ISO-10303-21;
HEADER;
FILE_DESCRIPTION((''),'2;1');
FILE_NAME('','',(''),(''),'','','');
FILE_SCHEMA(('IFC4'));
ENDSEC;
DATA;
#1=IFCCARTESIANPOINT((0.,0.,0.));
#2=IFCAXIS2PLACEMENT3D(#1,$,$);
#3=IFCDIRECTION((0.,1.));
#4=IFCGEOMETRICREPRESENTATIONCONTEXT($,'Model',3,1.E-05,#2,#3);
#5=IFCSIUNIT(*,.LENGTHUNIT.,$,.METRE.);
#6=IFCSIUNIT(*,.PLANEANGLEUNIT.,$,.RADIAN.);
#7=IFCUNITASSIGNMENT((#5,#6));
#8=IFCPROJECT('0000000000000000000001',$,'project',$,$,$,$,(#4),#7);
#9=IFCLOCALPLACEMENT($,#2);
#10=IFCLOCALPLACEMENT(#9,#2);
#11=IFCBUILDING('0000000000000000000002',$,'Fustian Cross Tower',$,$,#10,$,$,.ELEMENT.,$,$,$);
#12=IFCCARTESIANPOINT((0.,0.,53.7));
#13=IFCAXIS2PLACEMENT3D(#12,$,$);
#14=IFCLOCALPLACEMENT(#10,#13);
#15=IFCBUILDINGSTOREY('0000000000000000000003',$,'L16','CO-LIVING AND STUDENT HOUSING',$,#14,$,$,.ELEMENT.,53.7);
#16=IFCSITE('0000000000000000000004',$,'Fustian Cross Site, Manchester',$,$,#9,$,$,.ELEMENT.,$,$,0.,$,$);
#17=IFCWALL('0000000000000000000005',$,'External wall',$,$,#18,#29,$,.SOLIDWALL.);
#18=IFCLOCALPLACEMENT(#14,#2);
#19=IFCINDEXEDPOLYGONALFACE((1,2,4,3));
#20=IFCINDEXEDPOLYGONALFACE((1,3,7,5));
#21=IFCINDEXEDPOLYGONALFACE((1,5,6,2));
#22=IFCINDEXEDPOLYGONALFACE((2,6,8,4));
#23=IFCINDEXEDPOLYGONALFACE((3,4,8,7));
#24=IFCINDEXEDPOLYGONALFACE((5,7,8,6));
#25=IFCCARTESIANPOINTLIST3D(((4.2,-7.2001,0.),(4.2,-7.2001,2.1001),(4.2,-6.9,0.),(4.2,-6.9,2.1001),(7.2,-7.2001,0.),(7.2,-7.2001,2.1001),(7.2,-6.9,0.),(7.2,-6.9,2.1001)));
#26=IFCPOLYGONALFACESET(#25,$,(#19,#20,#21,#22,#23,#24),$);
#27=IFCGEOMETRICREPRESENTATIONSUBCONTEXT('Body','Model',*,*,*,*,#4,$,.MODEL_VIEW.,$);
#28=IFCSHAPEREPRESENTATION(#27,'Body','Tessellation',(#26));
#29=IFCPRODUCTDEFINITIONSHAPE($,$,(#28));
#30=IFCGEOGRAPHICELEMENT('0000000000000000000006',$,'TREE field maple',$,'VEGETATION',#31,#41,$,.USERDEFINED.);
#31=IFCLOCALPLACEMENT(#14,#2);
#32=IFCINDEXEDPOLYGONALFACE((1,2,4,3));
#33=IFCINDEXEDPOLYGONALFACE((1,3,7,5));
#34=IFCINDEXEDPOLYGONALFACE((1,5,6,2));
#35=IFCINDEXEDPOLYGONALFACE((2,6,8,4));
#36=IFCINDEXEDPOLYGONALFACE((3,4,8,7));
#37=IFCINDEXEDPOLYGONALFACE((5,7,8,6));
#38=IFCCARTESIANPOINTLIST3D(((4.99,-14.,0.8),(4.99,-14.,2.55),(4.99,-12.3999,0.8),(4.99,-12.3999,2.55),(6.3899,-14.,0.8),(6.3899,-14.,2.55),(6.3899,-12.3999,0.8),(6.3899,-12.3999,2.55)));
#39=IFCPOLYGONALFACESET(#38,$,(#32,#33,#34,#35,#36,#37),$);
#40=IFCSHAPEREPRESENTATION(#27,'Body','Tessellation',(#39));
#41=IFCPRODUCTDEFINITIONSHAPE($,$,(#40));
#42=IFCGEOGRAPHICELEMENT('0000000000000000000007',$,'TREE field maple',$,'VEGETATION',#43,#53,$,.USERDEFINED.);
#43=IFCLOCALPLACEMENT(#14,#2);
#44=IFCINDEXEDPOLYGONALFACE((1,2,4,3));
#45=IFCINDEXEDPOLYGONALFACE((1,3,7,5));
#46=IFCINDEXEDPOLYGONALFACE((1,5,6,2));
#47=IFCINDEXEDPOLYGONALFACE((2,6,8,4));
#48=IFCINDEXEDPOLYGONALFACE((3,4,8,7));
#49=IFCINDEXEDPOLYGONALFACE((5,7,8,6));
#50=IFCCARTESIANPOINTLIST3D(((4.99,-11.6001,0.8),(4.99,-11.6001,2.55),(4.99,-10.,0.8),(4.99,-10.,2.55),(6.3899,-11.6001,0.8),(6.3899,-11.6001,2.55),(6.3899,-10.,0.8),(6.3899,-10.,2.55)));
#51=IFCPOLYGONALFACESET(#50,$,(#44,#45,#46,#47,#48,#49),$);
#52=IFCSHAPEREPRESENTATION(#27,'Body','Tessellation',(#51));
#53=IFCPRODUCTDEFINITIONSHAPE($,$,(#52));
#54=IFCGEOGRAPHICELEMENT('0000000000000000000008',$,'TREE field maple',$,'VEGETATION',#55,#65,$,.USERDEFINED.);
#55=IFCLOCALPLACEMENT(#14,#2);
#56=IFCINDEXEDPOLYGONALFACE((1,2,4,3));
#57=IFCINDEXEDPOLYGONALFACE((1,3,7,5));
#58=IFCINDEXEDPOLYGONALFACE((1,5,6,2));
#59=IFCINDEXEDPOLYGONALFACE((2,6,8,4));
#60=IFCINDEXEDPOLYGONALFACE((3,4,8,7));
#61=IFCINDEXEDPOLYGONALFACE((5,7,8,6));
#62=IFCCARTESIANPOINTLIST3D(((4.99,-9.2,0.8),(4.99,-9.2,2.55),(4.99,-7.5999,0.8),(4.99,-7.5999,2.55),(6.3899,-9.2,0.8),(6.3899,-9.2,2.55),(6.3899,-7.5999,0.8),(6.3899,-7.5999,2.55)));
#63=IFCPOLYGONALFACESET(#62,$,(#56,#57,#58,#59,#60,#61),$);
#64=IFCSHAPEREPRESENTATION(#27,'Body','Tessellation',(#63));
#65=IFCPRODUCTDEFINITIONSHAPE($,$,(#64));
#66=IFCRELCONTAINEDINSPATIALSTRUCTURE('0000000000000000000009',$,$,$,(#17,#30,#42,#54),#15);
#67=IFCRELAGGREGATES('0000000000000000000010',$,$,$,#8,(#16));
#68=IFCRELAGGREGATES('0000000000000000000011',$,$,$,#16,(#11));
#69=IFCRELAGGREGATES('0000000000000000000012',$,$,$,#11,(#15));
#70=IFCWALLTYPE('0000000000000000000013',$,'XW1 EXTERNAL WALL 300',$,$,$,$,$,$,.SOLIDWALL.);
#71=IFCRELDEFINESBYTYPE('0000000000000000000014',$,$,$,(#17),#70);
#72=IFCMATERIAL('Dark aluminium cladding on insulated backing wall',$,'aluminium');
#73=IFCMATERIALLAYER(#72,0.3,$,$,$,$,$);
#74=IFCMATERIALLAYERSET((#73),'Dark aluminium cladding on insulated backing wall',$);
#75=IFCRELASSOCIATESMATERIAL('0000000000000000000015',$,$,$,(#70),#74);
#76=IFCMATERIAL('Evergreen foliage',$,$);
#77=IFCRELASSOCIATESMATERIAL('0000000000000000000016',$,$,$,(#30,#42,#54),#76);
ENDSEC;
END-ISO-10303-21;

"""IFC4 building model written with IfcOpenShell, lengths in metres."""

from ifc_helpers import new_model, si_unit, direction, frame, frame_2d, origin, origin_2d, place, context, subcontext, project, spatial, rectangle, extrude, material, layer, layer_set, type_object, element, save


model = new_model("IFC4")

# Units and contexts
model_context = context("Model", 3, precision=1e-05, world=origin(), true_north=direction((0.0, 1.0)))
body_context = subcontext(model_context, "Body", "Model", "MODEL_VIEW")
ifc_project = project(units=[si_unit("LENGTHUNIT", "METRE"), si_unit("PLANEANGLEUNIT", "RADIAN")], contexts=[model_context])

# Site, building, storey
site_placement = place(None, origin())
site = spatial("IfcSite", under=ifc_project, at=site_placement, Name="Fustian Cross Site, Manchester", CompositionType="ELEMENT", RefElevation=0.0)
building_placement = place(site_placement, origin())
building = spatial("IfcBuilding", under=site, at=building_placement, Name="Fustian Cross Tower", CompositionType="ELEMENT")
storey_placement = place(building_placement, frame((0.0, 0.0, 53.7)))
storey = spatial("IfcBuildingStorey", under=building, at=storey_placement, Name="L16", Description="CO-LIVING AND STUDENT HOUSING", CompositionType="ELEMENT", Elevation=53.7)

# Shared definitions
ifc_material_1 = material(Name="Dark aluminium cladding on insulated backing wall", Category="aluminium")
ifc_layer_1 = layer(ifc_material_1, 0.3)
ifc_layer_set_1 = layer_set([ifc_layer_1], Name="Dark aluminium cladding on insulated backing wall")
wall_type_1 = type_object("IfcWallType", Name="XW1 EXTERNAL WALL 300", PredefinedType="SOLIDWALL", material=ifc_layer_set_1)

# Wall
wall_1_placement = place(storey_placement, frame((4.2, -7.05, 0.0), z_axis=(0.0, 0.0, 1.0), x_axis=(1.0, 0.0, 0.0)))
element("IfcWall", 1, at=wall_1_placement, inside=storey, type_object=wall_type_1, Name="External wall", PredefinedType="SOLIDWALL", context=body_context, shape_type="SweptSolid", body=[
    extrude(rectangle(XDim=3.0, YDim=0.3, at=frame_2d((1.5, 0.0))), origin(), (0.0, 0.0, 1.0), 2.1001),
])

# Geographic elements
ifc_material_2 = material(Name="Evergreen foliage")
for number, where, z_axis, x_axis, name in (
    (2, (5.6899, -13.2, 0.8), (0.0, 0.0, 1.0), (1.0, 0.0, 0.0), "TREE field maple"),
    (3, (5.6899, -10.8, 0.8), (0.0, 0.0, 1.0), (1.0, 0.0, 0.0), "TREE field maple"),
    (4, (5.6899, -8.3999, 0.8), (0.0, 0.0, 1.0), (1.0, 0.0, 0.0), "TREE field maple"),
):
    element("IfcGeographicElement", number, at=place(storey_placement, frame(where, z_axis=z_axis, x_axis=x_axis)), inside=storey, material=ifc_material_2, Name=name, ObjectType="VEGETATION", PredefinedType="USERDEFINED", context=body_context, shape_type="SweptSolid", body=[
        extrude(rectangle(XDim=1.3999, YDim=1.6001, at=origin_2d()), origin(), (0.0, 0.0, 1.0), 1.75),
    ])

save(model, "model.ifc")
